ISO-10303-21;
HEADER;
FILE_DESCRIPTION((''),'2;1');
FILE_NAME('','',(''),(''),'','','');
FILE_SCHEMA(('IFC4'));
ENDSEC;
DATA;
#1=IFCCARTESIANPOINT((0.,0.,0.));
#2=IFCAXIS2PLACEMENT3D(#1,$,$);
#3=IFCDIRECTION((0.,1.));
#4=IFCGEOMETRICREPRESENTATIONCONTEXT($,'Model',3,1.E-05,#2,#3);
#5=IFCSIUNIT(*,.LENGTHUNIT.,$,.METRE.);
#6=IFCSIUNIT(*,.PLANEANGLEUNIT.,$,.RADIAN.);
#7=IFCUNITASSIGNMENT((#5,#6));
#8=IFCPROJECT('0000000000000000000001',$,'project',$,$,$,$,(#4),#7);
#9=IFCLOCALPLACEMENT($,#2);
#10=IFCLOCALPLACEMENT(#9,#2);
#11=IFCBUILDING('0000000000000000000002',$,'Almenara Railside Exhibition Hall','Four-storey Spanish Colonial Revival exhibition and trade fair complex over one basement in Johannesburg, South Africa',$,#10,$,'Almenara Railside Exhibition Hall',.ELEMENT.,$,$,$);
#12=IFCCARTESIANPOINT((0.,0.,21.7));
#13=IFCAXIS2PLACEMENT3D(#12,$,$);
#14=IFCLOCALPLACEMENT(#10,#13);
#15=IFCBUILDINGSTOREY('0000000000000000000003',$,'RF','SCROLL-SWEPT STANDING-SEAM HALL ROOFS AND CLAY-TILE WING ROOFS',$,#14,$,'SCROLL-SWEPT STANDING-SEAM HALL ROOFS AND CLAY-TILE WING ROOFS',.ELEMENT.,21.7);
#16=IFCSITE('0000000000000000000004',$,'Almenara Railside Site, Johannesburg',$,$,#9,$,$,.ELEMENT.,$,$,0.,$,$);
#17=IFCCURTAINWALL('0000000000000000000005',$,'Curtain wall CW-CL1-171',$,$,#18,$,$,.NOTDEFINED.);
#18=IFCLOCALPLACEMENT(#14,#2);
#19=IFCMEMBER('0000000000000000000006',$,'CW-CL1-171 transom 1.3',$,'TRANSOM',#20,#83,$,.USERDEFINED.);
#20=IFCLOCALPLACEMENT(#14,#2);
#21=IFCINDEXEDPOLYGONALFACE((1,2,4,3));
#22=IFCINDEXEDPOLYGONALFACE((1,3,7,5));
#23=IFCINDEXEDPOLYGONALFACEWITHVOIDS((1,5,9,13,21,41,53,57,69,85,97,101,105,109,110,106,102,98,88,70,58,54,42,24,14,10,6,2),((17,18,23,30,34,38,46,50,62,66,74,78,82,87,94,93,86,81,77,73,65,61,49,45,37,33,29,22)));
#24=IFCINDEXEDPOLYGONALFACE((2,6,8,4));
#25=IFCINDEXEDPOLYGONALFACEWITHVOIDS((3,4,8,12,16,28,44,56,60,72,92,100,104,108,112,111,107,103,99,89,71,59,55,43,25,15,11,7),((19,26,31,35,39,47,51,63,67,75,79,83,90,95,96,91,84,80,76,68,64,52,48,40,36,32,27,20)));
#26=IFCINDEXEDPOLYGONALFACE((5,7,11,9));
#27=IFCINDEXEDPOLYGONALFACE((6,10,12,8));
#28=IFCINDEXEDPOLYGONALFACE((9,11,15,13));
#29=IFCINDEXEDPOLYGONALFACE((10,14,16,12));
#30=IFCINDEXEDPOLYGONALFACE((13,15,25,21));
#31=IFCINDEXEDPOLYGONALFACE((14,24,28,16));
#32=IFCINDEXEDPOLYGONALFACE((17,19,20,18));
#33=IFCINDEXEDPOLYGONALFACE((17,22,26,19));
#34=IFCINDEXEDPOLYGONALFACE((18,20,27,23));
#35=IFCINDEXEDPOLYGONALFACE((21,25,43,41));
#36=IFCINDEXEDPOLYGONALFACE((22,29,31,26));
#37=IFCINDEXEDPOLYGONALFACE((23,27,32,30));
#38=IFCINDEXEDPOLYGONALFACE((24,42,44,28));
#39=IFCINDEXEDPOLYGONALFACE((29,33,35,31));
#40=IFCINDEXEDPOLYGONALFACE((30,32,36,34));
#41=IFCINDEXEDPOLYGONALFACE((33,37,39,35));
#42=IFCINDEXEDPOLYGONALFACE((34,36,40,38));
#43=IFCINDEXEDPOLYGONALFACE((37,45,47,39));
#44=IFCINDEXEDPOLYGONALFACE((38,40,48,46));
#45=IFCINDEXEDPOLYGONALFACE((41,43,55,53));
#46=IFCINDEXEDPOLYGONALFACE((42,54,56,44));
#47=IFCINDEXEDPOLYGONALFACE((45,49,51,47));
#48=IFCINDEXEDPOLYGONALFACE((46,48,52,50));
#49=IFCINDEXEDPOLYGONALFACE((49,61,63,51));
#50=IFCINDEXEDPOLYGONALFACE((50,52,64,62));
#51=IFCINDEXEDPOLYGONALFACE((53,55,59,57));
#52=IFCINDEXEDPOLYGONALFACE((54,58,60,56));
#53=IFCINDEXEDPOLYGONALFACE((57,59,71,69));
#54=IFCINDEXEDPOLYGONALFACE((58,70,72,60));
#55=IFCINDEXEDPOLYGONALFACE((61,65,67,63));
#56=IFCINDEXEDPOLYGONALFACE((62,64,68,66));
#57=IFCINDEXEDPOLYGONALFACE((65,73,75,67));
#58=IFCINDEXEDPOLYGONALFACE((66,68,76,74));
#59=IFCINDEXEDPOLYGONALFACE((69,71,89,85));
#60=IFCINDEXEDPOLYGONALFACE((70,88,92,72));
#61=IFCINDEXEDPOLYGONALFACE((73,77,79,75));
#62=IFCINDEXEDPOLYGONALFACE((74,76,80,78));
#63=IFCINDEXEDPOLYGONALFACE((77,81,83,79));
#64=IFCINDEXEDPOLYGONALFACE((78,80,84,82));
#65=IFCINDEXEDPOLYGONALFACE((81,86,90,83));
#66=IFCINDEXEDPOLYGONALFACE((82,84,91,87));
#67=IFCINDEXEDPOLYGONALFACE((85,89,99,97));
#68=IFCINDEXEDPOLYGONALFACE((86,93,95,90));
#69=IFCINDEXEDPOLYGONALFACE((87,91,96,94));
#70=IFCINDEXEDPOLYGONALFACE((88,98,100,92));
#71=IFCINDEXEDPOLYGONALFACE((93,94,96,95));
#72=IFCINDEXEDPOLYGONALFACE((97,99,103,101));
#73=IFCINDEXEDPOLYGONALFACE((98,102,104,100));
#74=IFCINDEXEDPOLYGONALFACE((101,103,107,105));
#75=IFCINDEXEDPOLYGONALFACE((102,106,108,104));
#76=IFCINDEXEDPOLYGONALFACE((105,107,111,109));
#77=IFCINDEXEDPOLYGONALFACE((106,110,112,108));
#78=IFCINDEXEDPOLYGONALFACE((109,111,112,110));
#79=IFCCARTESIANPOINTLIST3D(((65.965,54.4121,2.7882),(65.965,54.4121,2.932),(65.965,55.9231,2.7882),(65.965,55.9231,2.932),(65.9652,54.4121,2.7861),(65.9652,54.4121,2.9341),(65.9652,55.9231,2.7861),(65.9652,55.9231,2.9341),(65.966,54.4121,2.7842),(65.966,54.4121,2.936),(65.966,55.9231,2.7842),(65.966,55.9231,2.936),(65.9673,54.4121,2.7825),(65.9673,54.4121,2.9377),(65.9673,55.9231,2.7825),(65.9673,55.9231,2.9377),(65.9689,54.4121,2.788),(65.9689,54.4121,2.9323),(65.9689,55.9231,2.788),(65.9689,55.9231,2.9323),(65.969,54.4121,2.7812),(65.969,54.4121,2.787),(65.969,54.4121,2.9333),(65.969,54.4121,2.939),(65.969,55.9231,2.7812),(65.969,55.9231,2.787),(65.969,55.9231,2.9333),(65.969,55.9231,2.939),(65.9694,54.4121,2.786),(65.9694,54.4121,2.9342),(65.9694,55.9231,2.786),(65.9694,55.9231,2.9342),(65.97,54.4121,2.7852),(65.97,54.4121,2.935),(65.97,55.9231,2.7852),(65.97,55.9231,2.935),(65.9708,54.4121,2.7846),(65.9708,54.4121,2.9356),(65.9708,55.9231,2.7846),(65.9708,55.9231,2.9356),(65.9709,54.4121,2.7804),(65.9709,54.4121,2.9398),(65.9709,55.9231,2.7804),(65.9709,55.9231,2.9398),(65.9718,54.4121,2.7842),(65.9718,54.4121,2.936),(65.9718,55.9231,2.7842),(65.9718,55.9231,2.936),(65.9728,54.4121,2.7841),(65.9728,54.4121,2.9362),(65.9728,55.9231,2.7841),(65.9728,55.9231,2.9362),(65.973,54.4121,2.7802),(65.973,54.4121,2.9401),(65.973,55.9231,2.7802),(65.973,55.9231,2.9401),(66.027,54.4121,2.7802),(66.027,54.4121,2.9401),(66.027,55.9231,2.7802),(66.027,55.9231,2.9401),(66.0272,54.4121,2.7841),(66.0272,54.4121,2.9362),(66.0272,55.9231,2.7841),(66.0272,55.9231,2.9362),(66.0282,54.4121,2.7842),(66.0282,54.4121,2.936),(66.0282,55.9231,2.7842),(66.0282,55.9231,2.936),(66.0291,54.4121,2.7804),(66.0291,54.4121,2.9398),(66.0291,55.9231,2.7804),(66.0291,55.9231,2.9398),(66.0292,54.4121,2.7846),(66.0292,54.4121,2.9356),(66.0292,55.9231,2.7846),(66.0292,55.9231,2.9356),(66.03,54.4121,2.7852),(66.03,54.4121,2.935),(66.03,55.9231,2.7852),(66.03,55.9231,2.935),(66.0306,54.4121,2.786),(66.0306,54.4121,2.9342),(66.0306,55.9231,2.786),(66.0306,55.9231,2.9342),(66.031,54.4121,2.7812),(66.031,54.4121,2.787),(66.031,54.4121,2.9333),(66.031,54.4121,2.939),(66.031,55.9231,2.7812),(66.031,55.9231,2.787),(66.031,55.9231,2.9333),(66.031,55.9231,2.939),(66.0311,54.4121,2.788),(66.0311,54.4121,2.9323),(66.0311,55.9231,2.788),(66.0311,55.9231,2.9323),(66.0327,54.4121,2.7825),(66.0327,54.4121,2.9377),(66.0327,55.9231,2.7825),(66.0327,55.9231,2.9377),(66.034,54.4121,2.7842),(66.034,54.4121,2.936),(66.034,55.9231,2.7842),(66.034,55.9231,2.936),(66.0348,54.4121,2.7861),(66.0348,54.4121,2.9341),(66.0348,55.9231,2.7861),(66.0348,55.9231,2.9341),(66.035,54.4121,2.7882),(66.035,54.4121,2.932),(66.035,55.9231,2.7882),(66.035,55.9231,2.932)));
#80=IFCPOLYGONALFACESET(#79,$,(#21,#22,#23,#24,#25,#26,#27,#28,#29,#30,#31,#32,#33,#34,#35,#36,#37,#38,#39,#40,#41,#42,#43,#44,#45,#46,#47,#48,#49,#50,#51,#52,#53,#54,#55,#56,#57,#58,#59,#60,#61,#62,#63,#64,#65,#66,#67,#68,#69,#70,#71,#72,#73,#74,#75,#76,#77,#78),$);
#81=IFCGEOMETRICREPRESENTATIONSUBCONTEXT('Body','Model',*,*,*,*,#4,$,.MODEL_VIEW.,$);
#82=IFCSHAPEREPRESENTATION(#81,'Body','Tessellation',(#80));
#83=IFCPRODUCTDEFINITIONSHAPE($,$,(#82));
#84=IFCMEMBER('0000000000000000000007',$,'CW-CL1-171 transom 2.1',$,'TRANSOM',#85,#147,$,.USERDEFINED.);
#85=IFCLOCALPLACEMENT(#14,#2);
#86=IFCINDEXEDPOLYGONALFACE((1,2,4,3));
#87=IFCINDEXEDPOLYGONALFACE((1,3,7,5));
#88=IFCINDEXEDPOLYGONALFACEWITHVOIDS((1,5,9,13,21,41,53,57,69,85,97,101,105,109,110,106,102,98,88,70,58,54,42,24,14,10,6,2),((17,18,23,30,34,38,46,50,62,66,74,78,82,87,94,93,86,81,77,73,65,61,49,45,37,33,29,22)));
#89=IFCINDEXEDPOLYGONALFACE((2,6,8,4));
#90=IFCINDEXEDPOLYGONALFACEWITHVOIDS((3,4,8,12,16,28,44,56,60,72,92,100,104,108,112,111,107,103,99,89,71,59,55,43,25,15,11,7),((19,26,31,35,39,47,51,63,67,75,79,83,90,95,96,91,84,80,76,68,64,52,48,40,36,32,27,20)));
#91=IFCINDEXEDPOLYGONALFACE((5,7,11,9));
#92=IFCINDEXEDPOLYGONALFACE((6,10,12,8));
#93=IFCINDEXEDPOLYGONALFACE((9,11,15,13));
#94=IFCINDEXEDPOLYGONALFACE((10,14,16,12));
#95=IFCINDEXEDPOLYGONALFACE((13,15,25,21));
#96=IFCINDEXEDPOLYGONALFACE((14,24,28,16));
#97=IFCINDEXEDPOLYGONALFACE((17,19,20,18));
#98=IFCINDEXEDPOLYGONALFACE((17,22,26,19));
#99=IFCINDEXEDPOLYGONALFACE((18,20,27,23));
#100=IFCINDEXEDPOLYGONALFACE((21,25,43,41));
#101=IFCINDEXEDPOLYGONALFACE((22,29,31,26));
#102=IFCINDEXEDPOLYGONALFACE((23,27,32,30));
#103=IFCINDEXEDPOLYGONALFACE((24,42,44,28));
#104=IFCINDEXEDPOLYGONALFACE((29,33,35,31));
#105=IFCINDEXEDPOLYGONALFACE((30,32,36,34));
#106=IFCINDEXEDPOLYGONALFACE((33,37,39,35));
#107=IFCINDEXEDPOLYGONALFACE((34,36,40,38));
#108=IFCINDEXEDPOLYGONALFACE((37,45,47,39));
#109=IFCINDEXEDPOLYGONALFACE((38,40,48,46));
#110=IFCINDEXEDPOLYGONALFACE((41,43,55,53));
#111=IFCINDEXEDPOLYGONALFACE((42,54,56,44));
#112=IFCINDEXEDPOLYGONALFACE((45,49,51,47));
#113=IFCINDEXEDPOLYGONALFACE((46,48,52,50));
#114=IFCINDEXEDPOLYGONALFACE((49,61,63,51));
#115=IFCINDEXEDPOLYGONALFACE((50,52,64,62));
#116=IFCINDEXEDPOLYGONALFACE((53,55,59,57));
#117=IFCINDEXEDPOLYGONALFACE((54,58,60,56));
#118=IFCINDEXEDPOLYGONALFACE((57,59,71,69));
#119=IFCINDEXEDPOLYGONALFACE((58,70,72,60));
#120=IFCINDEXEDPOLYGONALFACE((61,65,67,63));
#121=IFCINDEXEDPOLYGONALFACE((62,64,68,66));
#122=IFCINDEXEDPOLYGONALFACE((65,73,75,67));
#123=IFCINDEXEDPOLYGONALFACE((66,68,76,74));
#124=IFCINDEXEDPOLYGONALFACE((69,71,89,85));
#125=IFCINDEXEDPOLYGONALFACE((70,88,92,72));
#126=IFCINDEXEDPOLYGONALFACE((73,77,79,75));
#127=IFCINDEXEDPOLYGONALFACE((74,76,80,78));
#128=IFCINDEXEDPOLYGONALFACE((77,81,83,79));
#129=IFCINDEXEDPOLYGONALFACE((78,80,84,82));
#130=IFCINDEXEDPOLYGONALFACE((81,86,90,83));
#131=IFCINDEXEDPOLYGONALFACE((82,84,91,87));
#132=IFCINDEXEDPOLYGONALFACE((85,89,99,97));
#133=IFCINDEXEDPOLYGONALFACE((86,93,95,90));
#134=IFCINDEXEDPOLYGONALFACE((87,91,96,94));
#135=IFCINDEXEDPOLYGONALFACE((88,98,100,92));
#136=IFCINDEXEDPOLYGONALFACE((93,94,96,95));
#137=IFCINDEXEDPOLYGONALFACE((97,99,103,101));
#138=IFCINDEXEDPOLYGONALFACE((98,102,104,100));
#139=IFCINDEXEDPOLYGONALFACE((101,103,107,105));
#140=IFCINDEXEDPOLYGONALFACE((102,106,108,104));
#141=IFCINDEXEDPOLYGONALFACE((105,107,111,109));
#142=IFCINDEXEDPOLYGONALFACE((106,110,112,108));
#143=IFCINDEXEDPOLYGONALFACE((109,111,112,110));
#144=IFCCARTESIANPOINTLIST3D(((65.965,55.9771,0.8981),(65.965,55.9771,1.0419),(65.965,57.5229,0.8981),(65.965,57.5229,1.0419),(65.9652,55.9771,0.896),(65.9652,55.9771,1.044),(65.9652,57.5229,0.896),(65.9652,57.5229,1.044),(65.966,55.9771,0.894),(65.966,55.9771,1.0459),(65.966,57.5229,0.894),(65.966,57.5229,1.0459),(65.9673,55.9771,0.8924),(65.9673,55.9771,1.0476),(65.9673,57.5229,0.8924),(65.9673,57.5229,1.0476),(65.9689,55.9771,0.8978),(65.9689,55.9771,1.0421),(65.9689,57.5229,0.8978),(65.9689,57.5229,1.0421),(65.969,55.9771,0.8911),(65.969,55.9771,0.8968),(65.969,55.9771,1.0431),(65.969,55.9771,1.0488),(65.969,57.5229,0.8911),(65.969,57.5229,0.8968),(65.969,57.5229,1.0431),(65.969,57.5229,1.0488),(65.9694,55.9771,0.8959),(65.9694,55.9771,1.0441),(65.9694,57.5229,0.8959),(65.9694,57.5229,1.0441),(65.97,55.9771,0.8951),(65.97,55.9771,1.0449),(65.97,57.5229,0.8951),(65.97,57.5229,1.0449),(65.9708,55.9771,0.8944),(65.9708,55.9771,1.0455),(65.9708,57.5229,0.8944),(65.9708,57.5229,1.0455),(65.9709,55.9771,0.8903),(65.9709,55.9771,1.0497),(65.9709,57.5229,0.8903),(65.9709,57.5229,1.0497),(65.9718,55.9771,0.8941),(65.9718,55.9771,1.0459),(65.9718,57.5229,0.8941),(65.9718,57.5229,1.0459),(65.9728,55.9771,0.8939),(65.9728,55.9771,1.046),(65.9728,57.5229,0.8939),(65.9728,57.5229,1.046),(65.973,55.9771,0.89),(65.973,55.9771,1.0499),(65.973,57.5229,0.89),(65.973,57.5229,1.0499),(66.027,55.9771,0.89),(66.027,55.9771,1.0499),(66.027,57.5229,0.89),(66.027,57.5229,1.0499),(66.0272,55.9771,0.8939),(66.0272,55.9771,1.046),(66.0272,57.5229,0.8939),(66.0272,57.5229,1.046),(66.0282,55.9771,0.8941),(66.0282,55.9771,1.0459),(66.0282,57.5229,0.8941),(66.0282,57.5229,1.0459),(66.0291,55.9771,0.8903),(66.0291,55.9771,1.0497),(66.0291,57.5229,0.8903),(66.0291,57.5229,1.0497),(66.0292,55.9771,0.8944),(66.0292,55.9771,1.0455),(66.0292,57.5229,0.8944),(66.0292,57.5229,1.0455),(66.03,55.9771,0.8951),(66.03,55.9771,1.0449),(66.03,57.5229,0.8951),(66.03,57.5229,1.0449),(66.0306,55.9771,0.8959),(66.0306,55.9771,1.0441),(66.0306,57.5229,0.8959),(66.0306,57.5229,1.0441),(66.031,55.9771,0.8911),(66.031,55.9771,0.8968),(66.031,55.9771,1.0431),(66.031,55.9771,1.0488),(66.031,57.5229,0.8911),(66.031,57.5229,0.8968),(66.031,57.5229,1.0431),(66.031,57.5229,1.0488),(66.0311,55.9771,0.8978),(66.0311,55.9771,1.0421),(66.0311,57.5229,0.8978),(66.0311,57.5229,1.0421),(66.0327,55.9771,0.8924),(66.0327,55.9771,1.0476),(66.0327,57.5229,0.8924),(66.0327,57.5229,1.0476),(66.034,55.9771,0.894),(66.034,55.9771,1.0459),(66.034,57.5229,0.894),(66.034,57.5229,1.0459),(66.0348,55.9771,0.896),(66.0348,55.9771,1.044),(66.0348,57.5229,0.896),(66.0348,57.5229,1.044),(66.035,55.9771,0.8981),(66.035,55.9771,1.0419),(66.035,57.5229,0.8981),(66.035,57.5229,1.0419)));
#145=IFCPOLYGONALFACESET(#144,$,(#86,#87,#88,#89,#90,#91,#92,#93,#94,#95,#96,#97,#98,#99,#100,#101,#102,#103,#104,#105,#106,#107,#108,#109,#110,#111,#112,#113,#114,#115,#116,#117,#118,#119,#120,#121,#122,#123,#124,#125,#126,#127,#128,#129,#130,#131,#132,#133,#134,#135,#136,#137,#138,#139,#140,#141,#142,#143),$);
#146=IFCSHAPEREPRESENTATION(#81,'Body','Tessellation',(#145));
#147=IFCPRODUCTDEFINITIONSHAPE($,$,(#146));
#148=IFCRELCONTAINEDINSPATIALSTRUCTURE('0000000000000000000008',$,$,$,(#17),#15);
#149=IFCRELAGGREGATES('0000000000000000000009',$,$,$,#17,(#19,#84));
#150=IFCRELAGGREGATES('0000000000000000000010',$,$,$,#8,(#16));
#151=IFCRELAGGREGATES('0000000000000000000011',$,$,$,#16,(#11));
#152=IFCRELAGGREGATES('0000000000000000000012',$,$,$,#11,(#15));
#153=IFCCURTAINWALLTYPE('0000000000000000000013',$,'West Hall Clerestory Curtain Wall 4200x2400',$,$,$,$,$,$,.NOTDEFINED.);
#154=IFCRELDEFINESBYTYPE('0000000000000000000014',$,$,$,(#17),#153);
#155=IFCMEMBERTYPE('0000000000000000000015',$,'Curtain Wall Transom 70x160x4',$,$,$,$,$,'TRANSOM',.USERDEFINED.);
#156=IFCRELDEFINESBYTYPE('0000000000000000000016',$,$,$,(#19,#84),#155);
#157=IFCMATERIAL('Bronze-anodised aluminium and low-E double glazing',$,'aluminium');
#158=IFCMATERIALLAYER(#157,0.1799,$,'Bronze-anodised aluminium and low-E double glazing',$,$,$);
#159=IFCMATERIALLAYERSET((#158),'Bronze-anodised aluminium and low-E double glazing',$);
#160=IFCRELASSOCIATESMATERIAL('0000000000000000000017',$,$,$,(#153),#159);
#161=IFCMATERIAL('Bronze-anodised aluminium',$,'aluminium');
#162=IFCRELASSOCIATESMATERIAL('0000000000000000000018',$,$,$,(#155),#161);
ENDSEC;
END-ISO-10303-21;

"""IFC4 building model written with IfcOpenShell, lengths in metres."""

from ifc_helpers import new_model, si_unit, direction, frame, origin, origin_2d, place, context, subcontext, project, spatial, hollow_rectangle, extrude, material, layer, layer_set, material_profile, profile_set, type_object, element, aggregate, save


model = new_model("IFC4")

# Units and contexts
model_context = context("Model", 3, precision=1e-05, world=origin(), true_north=direction((0.0, 1.0)))
body_context = subcontext(model_context, "Body", "Model", "MODEL_VIEW")
ifc_project = project(units=[si_unit("LENGTHUNIT", "METRE"), si_unit("PLANEANGLEUNIT", "RADIAN")], contexts=[model_context])

# Site, building, storey
site_placement = place(None, origin())
site = spatial("IfcSite", under=ifc_project, at=site_placement, Name="Almenara Railside Site, Johannesburg", CompositionType="ELEMENT", RefElevation=0.0)
building_placement = place(site_placement, origin())
building = spatial("IfcBuilding", under=site, at=building_placement, Name="Almenara Railside Exhibition Hall", Description="Four-storey Spanish Colonial Revival exhibition and trade fair complex over one basement in Johannesburg, South Africa", LongName="Almenara Railside Exhibition Hall", CompositionType="ELEMENT")
storey_placement = place(building_placement, frame((0.0, 0.0, 21.7)))
storey = spatial("IfcBuildingStorey", under=building, at=storey_placement, Name="RF", Description="SCROLL-SWEPT STANDING-SEAM HALL ROOFS AND CLAY-TILE WING ROOFS", LongName="SCROLL-SWEPT STANDING-SEAM HALL ROOFS AND CLAY-TILE WING ROOFS", CompositionType="ELEMENT", Elevation=21.7)

# Curtain wall
ifc_material_1 = material(Name="Bronze-anodised aluminium and low-E double glazing", Category="aluminium")
ifc_layer_1 = layer(ifc_material_1, 0.1799, Name="Bronze-anodised aluminium and low-E double glazing")
ifc_layer_set_1 = layer_set([ifc_layer_1], Name="Bronze-anodised aluminium and low-E double glazing")
curtain_wall_type = type_object("IfcCurtainWallType", Name="West Hall Clerestory Curtain Wall 4200x2400", PredefinedType="NOTDEFINED", material=ifc_layer_set_1)
ifc_material_2 = material(Name="Bronze-anodised aluminium", Category="aluminium")
curtain_wall_1_placement = place(storey_placement, origin())
curtain_wall_1 = element("IfcCurtainWall", 1, at=curtain_wall_1_placement, inside=storey, type_object=curtain_wall_type, Name="Curtain wall CW-CL1-171", PredefinedType="NOTDEFINED")

# Members
ifc_material_profile_1 = material_profile(ifc_material_2, hollow_rectangle(XDim=0.0701, YDim=0.1599, WallThickness=0.0039, InnerFilletRadius=0.0039, OuterFilletRadius=0.0081, at=origin_2d()), Name="ALU-TRN 70x160x4")
ifc_profile_set_1 = profile_set([ifc_material_profile_1], Name="Bronze-anodised aluminium")
member_type_1 = type_object("IfcMemberType", Name="Curtain Wall Transom 70x160x4", ElementType="TRANSOM", PredefinedType="USERDEFINED", material=ifc_profile_set_1)
member_1_placement = place(storey_placement, frame((66.0, 54.4121, 2.8601), z_axis=(0.0, 1.0, 0.0), x_axis=(-1.0, 0.0, 0.0)))
member_1 = element("IfcMember", 2, at=member_1_placement, type_object=member_type_1, Name="CW-CL1-171 transom 1.3", ObjectType="TRANSOM", PredefinedType="USERDEFINED", context=body_context, shape_type="SweptSolid", body=[
    extrude(hollow_rectangle(XDim=0.0701, YDim=0.1599, WallThickness=0.0039, InnerFilletRadius=0.0039, OuterFilletRadius=0.0081, at=origin_2d()), origin(), (0.0, 0.0, 1.0), 1.511),
])
member_2_placement = place(storey_placement, frame((66.0, 55.9771, 0.97), z_axis=(0.0, 1.0, 0.0), x_axis=(-1.0, 0.0, 0.0)))
member_2 = element("IfcMember", 3, at=member_2_placement, type_object=member_type_1, Name="CW-CL1-171 transom 2.1", ObjectType="TRANSOM", PredefinedType="USERDEFINED", context=body_context, shape_type="SweptSolid", body=[
    extrude(hollow_rectangle(XDim=0.0701, YDim=0.1599, WallThickness=0.0039, InnerFilletRadius=0.0039, OuterFilletRadius=0.0081, at=origin_2d()), origin(), (0.0, 0.0, 1.0), 1.5459),
])

aggregate(curtain_wall_1, [member_1, member_2])

save(model, "model.ifc")
